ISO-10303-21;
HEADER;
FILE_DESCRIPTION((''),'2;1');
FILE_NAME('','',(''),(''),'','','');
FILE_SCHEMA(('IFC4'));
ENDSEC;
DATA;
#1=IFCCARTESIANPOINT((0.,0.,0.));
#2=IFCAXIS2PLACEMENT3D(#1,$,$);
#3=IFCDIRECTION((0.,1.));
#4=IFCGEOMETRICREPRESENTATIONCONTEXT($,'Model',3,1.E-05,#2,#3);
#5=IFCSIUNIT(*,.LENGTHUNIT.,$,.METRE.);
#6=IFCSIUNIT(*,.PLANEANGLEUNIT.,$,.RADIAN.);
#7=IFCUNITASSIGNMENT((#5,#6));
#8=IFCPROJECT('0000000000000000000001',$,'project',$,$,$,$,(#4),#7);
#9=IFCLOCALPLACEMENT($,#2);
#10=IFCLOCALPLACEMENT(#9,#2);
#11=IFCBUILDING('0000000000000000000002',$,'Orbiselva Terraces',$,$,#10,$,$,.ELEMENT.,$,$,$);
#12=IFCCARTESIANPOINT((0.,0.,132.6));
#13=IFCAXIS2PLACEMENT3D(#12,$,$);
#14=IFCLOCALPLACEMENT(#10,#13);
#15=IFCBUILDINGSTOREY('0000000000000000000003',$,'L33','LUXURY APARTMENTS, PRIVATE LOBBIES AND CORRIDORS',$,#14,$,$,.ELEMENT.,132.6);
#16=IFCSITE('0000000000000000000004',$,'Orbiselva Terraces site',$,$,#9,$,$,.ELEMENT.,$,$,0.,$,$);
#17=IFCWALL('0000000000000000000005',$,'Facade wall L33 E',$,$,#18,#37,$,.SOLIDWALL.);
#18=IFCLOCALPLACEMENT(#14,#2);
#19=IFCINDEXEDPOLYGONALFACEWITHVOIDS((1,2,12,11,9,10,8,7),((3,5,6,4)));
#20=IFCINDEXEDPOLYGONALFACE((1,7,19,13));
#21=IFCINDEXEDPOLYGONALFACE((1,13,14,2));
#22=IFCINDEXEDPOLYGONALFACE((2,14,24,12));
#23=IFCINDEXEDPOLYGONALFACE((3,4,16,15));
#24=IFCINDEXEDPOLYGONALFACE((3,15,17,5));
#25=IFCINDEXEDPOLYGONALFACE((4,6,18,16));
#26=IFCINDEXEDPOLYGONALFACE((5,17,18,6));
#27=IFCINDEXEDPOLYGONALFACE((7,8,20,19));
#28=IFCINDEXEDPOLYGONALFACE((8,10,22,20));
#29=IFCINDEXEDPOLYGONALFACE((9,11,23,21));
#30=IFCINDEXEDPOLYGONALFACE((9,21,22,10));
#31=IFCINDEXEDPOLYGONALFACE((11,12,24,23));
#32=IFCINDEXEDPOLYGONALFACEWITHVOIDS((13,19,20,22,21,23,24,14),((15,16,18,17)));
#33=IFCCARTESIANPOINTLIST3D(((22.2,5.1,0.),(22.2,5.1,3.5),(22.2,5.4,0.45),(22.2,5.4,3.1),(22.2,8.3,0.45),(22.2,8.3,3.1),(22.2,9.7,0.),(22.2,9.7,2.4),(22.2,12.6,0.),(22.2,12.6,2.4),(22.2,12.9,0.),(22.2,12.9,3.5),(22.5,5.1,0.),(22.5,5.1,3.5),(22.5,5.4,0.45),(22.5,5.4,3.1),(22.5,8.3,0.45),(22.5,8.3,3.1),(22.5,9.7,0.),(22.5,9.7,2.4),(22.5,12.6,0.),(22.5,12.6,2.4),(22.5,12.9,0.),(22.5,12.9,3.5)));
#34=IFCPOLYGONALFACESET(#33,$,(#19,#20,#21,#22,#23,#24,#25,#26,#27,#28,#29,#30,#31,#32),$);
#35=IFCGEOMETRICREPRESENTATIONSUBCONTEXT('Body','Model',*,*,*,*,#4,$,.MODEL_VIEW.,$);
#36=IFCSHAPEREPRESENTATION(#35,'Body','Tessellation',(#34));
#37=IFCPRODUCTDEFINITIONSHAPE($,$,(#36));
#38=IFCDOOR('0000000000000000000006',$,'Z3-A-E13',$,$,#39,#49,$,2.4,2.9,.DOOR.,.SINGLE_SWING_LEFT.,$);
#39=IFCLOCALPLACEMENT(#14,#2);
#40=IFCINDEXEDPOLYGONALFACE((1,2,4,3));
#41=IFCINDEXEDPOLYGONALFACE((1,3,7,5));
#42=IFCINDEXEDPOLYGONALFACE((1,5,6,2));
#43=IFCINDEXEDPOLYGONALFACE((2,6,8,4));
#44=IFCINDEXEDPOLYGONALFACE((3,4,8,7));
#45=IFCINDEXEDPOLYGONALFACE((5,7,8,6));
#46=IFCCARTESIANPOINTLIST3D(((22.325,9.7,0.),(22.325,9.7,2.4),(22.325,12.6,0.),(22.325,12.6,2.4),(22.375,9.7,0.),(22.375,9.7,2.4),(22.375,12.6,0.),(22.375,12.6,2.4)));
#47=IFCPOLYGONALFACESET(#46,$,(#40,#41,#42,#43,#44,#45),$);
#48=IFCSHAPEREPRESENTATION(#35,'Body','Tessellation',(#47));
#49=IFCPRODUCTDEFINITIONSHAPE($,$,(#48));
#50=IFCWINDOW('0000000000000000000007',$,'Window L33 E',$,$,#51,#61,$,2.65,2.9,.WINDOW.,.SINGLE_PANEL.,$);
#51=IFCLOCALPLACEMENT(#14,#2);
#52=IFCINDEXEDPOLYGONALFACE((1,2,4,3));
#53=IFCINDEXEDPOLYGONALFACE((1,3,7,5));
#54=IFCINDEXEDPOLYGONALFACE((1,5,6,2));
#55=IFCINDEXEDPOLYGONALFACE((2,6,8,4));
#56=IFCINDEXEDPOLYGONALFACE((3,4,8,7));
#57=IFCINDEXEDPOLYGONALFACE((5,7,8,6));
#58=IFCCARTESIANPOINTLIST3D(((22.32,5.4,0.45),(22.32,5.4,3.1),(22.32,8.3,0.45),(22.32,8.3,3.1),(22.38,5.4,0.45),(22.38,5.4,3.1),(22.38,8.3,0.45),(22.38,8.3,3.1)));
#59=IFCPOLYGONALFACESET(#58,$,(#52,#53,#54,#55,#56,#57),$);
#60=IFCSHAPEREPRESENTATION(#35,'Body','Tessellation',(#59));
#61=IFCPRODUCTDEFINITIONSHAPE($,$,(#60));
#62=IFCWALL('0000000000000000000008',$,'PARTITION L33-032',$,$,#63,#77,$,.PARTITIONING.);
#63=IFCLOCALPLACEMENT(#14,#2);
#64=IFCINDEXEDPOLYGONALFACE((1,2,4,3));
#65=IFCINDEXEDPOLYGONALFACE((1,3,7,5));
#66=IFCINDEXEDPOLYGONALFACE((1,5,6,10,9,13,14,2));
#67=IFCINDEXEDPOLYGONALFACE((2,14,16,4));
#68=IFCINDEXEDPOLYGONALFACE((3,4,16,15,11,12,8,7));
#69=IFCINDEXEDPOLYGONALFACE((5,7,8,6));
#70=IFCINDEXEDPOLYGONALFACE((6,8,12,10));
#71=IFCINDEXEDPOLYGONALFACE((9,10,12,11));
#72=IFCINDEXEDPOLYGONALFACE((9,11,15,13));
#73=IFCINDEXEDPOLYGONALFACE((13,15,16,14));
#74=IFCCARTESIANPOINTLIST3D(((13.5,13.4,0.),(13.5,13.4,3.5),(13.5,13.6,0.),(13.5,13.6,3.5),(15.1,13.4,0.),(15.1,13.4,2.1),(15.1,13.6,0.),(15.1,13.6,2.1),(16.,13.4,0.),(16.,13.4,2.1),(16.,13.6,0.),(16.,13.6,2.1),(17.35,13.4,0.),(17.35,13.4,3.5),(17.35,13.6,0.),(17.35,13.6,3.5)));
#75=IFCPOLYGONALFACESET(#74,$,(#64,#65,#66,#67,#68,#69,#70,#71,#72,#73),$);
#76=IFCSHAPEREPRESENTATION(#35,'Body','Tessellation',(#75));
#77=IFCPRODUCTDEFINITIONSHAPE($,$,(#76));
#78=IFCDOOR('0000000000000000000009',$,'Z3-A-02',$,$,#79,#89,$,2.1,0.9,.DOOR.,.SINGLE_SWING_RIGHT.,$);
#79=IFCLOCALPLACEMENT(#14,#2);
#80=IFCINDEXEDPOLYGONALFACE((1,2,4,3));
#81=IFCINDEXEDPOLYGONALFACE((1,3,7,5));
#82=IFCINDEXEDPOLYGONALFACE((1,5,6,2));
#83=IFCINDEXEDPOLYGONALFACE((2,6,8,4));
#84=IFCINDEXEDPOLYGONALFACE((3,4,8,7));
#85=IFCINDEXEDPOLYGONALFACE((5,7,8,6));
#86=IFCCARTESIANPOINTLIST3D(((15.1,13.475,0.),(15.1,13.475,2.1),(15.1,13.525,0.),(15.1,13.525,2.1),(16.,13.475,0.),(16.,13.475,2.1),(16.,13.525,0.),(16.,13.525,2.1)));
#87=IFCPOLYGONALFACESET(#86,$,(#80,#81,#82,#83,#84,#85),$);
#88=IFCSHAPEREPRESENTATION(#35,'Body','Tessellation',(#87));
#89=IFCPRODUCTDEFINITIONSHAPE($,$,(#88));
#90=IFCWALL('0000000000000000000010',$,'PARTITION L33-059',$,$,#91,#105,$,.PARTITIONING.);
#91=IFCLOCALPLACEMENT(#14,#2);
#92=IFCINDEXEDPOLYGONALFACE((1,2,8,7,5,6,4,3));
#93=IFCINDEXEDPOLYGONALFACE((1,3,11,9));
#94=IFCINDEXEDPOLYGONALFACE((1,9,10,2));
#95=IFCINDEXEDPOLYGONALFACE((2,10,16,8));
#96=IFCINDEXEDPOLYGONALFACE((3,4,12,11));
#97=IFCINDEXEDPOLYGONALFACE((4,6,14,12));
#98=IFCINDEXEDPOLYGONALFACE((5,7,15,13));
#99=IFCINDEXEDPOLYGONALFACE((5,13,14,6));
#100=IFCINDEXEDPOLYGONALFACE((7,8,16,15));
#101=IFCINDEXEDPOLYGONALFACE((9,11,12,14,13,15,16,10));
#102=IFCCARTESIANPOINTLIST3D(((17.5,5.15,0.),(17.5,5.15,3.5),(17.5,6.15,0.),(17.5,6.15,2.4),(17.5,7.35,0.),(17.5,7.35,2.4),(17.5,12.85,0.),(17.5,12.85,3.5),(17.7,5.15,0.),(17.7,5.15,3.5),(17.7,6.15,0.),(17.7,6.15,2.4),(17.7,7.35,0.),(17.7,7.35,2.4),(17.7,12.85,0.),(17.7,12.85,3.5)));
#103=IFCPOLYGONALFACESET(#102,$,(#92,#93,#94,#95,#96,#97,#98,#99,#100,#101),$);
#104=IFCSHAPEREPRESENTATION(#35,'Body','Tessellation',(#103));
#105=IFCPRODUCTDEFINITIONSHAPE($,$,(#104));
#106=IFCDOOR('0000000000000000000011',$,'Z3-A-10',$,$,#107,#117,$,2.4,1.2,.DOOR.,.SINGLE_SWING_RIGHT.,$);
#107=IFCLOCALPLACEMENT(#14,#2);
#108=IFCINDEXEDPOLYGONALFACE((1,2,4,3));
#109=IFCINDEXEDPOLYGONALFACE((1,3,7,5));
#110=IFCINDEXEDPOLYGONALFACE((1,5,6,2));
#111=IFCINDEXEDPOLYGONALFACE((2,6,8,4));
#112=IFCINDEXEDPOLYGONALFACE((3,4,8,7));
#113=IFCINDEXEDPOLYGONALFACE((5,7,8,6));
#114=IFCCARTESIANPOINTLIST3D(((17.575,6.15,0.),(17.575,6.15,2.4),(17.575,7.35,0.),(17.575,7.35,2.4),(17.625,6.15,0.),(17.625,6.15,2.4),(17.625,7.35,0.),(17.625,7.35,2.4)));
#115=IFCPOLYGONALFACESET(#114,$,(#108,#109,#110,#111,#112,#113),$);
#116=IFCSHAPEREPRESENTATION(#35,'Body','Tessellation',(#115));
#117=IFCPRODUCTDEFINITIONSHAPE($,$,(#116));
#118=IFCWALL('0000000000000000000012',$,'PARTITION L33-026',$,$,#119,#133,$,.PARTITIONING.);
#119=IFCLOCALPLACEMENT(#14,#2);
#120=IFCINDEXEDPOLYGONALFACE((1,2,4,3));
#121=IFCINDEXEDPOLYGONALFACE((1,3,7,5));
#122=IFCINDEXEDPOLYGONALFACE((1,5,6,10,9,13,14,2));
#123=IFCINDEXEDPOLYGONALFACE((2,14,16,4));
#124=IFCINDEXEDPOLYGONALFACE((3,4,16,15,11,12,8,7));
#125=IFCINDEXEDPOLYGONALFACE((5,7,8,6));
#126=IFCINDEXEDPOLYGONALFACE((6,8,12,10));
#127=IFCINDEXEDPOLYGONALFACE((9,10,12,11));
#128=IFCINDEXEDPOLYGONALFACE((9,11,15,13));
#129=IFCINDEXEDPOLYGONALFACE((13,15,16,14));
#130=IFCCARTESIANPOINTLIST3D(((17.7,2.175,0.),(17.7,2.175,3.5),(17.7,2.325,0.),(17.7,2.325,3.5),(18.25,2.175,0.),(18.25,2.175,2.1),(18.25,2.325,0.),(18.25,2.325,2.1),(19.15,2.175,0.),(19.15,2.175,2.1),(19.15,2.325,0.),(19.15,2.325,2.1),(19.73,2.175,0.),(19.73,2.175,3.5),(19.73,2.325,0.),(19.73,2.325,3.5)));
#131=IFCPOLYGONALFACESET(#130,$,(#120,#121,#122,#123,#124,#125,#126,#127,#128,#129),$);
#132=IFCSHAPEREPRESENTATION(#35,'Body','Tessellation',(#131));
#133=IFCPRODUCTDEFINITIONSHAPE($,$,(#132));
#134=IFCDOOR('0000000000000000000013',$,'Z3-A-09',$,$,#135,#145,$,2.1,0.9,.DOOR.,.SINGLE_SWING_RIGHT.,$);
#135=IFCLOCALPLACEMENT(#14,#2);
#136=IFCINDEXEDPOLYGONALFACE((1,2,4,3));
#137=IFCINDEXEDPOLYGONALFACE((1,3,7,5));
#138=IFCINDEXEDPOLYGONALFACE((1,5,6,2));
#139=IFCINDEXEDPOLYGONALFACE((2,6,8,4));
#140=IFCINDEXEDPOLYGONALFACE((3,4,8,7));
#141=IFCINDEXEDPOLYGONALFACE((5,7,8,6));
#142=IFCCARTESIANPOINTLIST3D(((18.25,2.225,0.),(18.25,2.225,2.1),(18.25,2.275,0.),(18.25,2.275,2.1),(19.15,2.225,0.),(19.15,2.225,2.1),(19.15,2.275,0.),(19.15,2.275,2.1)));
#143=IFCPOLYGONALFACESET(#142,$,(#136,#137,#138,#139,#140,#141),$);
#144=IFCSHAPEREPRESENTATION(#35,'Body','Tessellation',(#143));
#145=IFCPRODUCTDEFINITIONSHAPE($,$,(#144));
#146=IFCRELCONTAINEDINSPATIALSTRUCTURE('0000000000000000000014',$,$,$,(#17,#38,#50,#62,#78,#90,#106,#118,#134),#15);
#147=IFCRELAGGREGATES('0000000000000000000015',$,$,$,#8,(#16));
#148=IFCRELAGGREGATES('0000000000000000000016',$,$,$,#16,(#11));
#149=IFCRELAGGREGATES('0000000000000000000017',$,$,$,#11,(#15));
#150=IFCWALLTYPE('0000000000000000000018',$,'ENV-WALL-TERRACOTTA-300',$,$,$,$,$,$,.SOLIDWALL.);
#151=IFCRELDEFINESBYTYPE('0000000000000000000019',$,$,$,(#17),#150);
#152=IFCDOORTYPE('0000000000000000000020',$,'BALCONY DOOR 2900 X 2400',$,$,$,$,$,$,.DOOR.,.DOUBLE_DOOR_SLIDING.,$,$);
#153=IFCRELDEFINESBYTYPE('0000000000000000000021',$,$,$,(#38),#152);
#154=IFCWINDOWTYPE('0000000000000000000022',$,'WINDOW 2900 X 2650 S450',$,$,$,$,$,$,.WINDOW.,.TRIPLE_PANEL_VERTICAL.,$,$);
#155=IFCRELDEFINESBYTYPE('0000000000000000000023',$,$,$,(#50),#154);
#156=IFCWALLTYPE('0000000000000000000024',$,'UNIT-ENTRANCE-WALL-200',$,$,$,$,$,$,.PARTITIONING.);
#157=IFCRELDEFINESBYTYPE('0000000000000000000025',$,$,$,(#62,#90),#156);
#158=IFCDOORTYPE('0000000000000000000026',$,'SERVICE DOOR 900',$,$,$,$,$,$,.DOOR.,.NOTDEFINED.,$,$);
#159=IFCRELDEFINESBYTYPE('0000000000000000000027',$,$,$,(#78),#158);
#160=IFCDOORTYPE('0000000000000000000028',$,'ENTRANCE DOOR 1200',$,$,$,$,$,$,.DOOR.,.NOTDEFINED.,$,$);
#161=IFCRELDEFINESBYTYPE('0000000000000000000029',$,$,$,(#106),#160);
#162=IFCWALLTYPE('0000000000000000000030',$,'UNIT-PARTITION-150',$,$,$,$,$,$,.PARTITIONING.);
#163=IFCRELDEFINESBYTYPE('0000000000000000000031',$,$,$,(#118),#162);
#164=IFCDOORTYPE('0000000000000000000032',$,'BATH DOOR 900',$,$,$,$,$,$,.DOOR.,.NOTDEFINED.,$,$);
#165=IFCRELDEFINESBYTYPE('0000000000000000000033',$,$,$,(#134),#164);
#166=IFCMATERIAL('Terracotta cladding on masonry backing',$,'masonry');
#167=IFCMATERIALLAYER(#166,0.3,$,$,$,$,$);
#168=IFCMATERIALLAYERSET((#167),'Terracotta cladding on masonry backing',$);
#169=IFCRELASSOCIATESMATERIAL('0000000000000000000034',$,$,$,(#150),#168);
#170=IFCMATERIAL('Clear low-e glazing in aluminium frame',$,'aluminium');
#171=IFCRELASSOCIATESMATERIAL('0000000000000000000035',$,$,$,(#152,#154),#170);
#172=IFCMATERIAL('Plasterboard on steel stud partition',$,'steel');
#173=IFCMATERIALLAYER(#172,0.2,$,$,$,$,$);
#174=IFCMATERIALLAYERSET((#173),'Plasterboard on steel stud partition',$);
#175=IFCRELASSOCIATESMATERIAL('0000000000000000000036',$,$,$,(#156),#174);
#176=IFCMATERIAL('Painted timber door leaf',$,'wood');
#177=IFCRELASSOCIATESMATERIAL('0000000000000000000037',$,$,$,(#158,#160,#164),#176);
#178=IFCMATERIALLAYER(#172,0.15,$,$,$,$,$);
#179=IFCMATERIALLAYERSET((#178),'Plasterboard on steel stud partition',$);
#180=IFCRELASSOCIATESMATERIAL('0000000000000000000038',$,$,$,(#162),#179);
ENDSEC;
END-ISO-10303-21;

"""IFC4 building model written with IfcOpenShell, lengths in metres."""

from ifc_helpers import new_model, si_unit, direction, frame, frame_2d, origin, place, context, subcontext, project, spatial, rectangle, extrude, material, layer, layer_set, type_object, element, fill, save


model = new_model("IFC4")

# Units and contexts
model_context = context("Model", 3, precision=1e-05, world=origin(), true_north=direction((0.0, 1.0)))
body_context = subcontext(model_context, "Body", "Model", "MODEL_VIEW")
ifc_project = project(units=[si_unit("LENGTHUNIT", "METRE"), si_unit("PLANEANGLEUNIT", "RADIAN")], contexts=[model_context])

# Site, building, storey
site_placement = place(None, origin())
site = spatial("IfcSite", under=ifc_project, at=site_placement, Name="Orbiselva Terraces site", CompositionType="ELEMENT", RefElevation=0.0)
building_placement = place(site_placement, origin())
building = spatial("IfcBuilding", under=site, at=building_placement, Name="Orbiselva Terraces", CompositionType="ELEMENT")
storey_placement = place(building_placement, frame((0.0, 0.0, 132.6)))
storey = spatial("IfcBuildingStorey", under=building, at=storey_placement, Name="L33", Description="LUXURY APARTMENTS, PRIVATE LOBBIES AND CORRIDORS", CompositionType="ELEMENT", Elevation=132.6)

# Wall, openings, door, window
ifc_material_1 = material(Name="Terracotta cladding on masonry backing", Category="masonry")
ifc_layer_1 = layer(ifc_material_1, 0.3)
ifc_layer_set_1 = layer_set([ifc_layer_1], Name="Terracotta cladding on masonry backing")
wall_type_1 = type_object("IfcWallType", Name="ENV-WALL-TERRACOTTA-300", PredefinedType="SOLIDWALL", material=ifc_layer_set_1)
ifc_material_2 = material(Name="Clear low-e glazing in aluminium frame", Category="aluminium")
door_type_1 = type_object("IfcDoorType", Name="BALCONY DOOR 2900 X 2400", OperationType="DOUBLE_DOOR_SLIDING", PredefinedType="DOOR", material=ifc_material_2)
window_type = type_object("IfcWindowType", Name="WINDOW 2900 X 2650 S450", PartitioningType="TRIPLE_PANEL_VERTICAL", PredefinedType="WINDOW", material=ifc_material_2)
wall_1_placement = place(storey_placement, frame((22.35, 12.9, 0.0), z_axis=(0.0, 0.0, 1.0), x_axis=(0.0, -1.0, 0.0)))
wall_1 = element("IfcWall", 1, at=wall_1_placement, inside=storey, type_object=wall_type_1, Name="Facade wall L33 E", PredefinedType="SOLIDWALL", context=body_context, shape_type="SweptSolid", body=[
    extrude(rectangle(XDim=7.8, YDim=0.3, at=frame_2d((3.9, 0.0))), origin(), (0.0, 0.0, 1.0), 3.5),
])
opening_1_placement = place(wall_1_placement, frame((4.6, 0.0, 0.45)))
opening_1 = element("IfcOpeningElement", 2, at=opening_1_placement, cuts=wall_1, PredefinedType="OPENING", context=body_context, shape_type="SweptSolid", body=[
    extrude(rectangle(XDim=2.9, YDim=2.65, at=frame_2d((1.45, 1.325))), frame((0.0, 0.16, 0.0), z_axis=(0.0, -1.0, 0.0), x_axis=(1.0, 0.0, 0.0)), (0.0, 0.0, 1.0), 0.32),
])
opening_2_placement = place(wall_1_placement, frame((0.3, 0.0, 0.0)))
opening_2 = element("IfcOpeningElement", 3, at=opening_2_placement, cuts=wall_1, PredefinedType="OPENING", context=body_context, shape_type="SweptSolid", body=[
    extrude(rectangle(XDim=2.9, YDim=2.4, at=frame_2d((1.45, 1.2))), frame((0.0, 0.16, 0.0), z_axis=(0.0, -1.0, 0.0), x_axis=(1.0, 0.0, 0.0)), (0.0, 0.0, 1.0), 0.32),
])
door_1_placement = place(opening_2_placement, origin())
door_1 = element("IfcDoor", 4, at=door_1_placement, inside=storey, type_object=door_type_1, Name="Z3-A-E13", OperationType="SINGLE_SWING_LEFT", OverallHeight=2.4, OverallWidth=2.9, PredefinedType="DOOR", context=body_context, shape_type="SweptSolid", body=[
    extrude(rectangle(XDim=2.9, YDim=2.4, at=frame_2d((1.45, 1.2))), frame((0.0, 0.025, 0.0), z_axis=(0.0, -1.0, 0.0), x_axis=(1.0, 0.0, 0.0)), (0.0, 0.0, 1.0), 0.05),
])
fill(opening_2, door_1)
window_1_placement = place(opening_1_placement, origin())
window_1 = element("IfcWindow", 5, at=window_1_placement, inside=storey, type_object=window_type, Name="Window L33 E", OverallHeight=2.65, OverallWidth=2.9, PartitioningType="SINGLE_PANEL", PredefinedType="WINDOW", context=body_context, shape_type="SweptSolid", body=[
    extrude(rectangle(XDim=2.9, YDim=2.65, at=frame_2d((1.45, 1.325))), frame((0.0, 0.03, 0.0), z_axis=(0.0, -1.0, 0.0), x_axis=(1.0, 0.0, 0.0)), (0.0, 0.0, 1.0), 0.06),
])
fill(opening_1, window_1)

# Walls, openings, doors
ifc_material_3 = material(Name="Plasterboard on steel stud partition", Category="steel")
ifc_layer_2 = layer(ifc_material_3, 0.2)
ifc_layer_set_2 = layer_set([ifc_layer_2], Name="Plasterboard on steel stud partition")
wall_type_2 = type_object("IfcWallType", Name="UNIT-ENTRANCE-WALL-200", PredefinedType="PARTITIONING", material=ifc_layer_set_2)
wall_2_placement = place(storey_placement, frame((13.5, 13.5, 0.0), z_axis=(0.0, 0.0, 1.0), x_axis=(1.0, 0.0, 0.0)))
wall_2 = element("IfcWall", 6, at=wall_2_placement, inside=storey, type_object=wall_type_2, Name="PARTITION L33-032", PredefinedType="PARTITIONING", context=body_context, shape_type="SweptSolid", body=[
    extrude(rectangle(XDim=3.85, YDim=0.2, at=frame_2d((1.925, 0.0))), origin(), (0.0, 0.0, 1.0), 3.5),
])
opening_3_placement = place(wall_2_placement, frame((1.6, 0.0, 0.0)))
opening_3 = element("IfcOpeningElement", 7, at=opening_3_placement, cuts=wall_2, PredefinedType="OPENING", context=body_context, shape_type="SweptSolid", body=[
    extrude(rectangle(XDim=0.9, YDim=2.1, at=frame_2d((0.45, 1.05))), frame((0.0, 0.11, 0.0), z_axis=(0.0, -1.0, 0.0), x_axis=(1.0, 0.0, 0.0)), (0.0, 0.0, 1.0), 0.22),
])
ifc_material_4 = material(Name="Painted timber door leaf", Category="wood")
door_type_2 = type_object("IfcDoorType", Name="SERVICE DOOR 900", OperationType="NOTDEFINED", PredefinedType="DOOR", material=ifc_material_4)
door_2_placement = place(opening_3_placement, origin())
door_2 = element("IfcDoor", 8, at=door_2_placement, inside=storey, type_object=door_type_2, Name="Z3-A-02", OperationType="SINGLE_SWING_RIGHT", OverallHeight=2.1, OverallWidth=0.9, PredefinedType="DOOR", context=body_context, shape_type="SweptSolid", body=[
    extrude(rectangle(XDim=0.9, YDim=2.1, at=frame_2d((0.45, 1.05))), frame((0.0, 0.025, 0.0), z_axis=(0.0, -1.0, 0.0), x_axis=(1.0, 0.0, 0.0)), (0.0, 0.0, 1.0), 0.05),
])
fill(opening_3, door_2)
wall_3_placement = place(storey_placement, frame((17.6, 12.85, 0.0), z_axis=(0.0, 0.0, 1.0), x_axis=(0.0, -1.0, 0.0)))
wall_3 = element("IfcWall", 9, at=wall_3_placement, inside=storey, type_object=wall_type_2, Name="PARTITION L33-059", PredefinedType="PARTITIONING", context=body_context, shape_type="SweptSolid", body=[
    extrude(rectangle(XDim=7.7, YDim=0.2, at=frame_2d((3.85, 0.0))), origin(), (0.0, 0.0, 1.0), 3.5),
])
opening_4_placement = place(wall_3_placement, frame((5.5, 0.0, 0.0)))
opening_4 = element("IfcOpeningElement", 10, at=opening_4_placement, cuts=wall_3, PredefinedType="OPENING", context=body_context, shape_type="SweptSolid", body=[
    extrude(rectangle(XDim=1.2, YDim=2.4, at=frame_2d((0.6, 1.2))), frame((0.0, 0.11, 0.0), z_axis=(0.0, -1.0, 0.0), x_axis=(1.0, 0.0, 0.0)), (0.0, 0.0, 1.0), 0.22),
])
door_type_3 = type_object("IfcDoorType", Name="ENTRANCE DOOR 1200", OperationType="NOTDEFINED", PredefinedType="DOOR", material=ifc_material_4)
door_3_placement = place(opening_4_placement, origin())
door_3 = element("IfcDoor", 11, at=door_3_placement, inside=storey, type_object=door_type_3, Name="Z3-A-10", OperationType="SINGLE_SWING_RIGHT", OverallHeight=2.4, OverallWidth=1.2, PredefinedType="DOOR", context=body_context, shape_type="SweptSolid", body=[
    extrude(rectangle(XDim=1.2, YDim=2.4, at=frame_2d((0.6, 1.2))), frame((0.0, 0.025, 0.0), z_axis=(0.0, -1.0, 0.0), x_axis=(1.0, 0.0, 0.0)), (0.0, 0.0, 1.0), 0.05),
])
fill(opening_4, door_3)
ifc_layer_3 = layer(ifc_material_3, 0.15)
ifc_layer_set_3 = layer_set([ifc_layer_3], Name="Plasterboard on steel stud partition")
wall_type_3 = type_object("IfcWallType", Name="UNIT-PARTITION-150", PredefinedType="PARTITIONING", material=ifc_layer_set_3)
wall_4_placement = place(storey_placement, frame((19.73, 2.25, 0.0), z_axis=(0.0, 0.0, 1.0), x_axis=(-1.0, 0.0, 0.0)))
wall_4 = element("IfcWall", 12, at=wall_4_placement, inside=storey, type_object=wall_type_3, Name="PARTITION L33-026", PredefinedType="PARTITIONING", context=body_context, shape_type="SweptSolid", body=[
    extrude(rectangle(XDim=2.03, YDim=0.15, at=frame_2d((1.015, 0.0))), origin(), (0.0, 0.0, 1.0), 3.5),
])
opening_5_placement = place(wall_4_placement, frame((0.58, 0.0, 0.0)))
opening_5 = element("IfcOpeningElement", 13, at=opening_5_placement, cuts=wall_4, PredefinedType="OPENING", context=body_context, shape_type="SweptSolid", body=[
    extrude(rectangle(XDim=0.9, YDim=2.1, at=frame_2d((0.45, 1.05))), frame((0.0, 0.085, 0.0), z_axis=(0.0, -1.0, 0.0), x_axis=(1.0, 0.0, 0.0)), (0.0, 0.0, 1.0), 0.17),
])
door_type_4 = type_object("IfcDoorType", Name="BATH DOOR 900", OperationType="NOTDEFINED", PredefinedType="DOOR", material=ifc_material_4)
door_4_placement = place(opening_5_placement, origin())
door_4 = element("IfcDoor", 14, at=door_4_placement, inside=storey, type_object=door_type_4, Name="Z3-A-09", OperationType="SINGLE_SWING_RIGHT", OverallHeight=2.1, OverallWidth=0.9, PredefinedType="DOOR", context=body_context, shape_type="SweptSolid", body=[
    extrude(rectangle(XDim=0.9, YDim=2.1, at=frame_2d((0.45, 1.05))), frame((0.0, 0.025, 0.0), z_axis=(0.0, -1.0, 0.0), x_axis=(1.0, 0.0, 0.0)), (0.0, 0.0, 1.0), 0.05),
])
fill(opening_5, door_4)

save(model, "model.ifc")
